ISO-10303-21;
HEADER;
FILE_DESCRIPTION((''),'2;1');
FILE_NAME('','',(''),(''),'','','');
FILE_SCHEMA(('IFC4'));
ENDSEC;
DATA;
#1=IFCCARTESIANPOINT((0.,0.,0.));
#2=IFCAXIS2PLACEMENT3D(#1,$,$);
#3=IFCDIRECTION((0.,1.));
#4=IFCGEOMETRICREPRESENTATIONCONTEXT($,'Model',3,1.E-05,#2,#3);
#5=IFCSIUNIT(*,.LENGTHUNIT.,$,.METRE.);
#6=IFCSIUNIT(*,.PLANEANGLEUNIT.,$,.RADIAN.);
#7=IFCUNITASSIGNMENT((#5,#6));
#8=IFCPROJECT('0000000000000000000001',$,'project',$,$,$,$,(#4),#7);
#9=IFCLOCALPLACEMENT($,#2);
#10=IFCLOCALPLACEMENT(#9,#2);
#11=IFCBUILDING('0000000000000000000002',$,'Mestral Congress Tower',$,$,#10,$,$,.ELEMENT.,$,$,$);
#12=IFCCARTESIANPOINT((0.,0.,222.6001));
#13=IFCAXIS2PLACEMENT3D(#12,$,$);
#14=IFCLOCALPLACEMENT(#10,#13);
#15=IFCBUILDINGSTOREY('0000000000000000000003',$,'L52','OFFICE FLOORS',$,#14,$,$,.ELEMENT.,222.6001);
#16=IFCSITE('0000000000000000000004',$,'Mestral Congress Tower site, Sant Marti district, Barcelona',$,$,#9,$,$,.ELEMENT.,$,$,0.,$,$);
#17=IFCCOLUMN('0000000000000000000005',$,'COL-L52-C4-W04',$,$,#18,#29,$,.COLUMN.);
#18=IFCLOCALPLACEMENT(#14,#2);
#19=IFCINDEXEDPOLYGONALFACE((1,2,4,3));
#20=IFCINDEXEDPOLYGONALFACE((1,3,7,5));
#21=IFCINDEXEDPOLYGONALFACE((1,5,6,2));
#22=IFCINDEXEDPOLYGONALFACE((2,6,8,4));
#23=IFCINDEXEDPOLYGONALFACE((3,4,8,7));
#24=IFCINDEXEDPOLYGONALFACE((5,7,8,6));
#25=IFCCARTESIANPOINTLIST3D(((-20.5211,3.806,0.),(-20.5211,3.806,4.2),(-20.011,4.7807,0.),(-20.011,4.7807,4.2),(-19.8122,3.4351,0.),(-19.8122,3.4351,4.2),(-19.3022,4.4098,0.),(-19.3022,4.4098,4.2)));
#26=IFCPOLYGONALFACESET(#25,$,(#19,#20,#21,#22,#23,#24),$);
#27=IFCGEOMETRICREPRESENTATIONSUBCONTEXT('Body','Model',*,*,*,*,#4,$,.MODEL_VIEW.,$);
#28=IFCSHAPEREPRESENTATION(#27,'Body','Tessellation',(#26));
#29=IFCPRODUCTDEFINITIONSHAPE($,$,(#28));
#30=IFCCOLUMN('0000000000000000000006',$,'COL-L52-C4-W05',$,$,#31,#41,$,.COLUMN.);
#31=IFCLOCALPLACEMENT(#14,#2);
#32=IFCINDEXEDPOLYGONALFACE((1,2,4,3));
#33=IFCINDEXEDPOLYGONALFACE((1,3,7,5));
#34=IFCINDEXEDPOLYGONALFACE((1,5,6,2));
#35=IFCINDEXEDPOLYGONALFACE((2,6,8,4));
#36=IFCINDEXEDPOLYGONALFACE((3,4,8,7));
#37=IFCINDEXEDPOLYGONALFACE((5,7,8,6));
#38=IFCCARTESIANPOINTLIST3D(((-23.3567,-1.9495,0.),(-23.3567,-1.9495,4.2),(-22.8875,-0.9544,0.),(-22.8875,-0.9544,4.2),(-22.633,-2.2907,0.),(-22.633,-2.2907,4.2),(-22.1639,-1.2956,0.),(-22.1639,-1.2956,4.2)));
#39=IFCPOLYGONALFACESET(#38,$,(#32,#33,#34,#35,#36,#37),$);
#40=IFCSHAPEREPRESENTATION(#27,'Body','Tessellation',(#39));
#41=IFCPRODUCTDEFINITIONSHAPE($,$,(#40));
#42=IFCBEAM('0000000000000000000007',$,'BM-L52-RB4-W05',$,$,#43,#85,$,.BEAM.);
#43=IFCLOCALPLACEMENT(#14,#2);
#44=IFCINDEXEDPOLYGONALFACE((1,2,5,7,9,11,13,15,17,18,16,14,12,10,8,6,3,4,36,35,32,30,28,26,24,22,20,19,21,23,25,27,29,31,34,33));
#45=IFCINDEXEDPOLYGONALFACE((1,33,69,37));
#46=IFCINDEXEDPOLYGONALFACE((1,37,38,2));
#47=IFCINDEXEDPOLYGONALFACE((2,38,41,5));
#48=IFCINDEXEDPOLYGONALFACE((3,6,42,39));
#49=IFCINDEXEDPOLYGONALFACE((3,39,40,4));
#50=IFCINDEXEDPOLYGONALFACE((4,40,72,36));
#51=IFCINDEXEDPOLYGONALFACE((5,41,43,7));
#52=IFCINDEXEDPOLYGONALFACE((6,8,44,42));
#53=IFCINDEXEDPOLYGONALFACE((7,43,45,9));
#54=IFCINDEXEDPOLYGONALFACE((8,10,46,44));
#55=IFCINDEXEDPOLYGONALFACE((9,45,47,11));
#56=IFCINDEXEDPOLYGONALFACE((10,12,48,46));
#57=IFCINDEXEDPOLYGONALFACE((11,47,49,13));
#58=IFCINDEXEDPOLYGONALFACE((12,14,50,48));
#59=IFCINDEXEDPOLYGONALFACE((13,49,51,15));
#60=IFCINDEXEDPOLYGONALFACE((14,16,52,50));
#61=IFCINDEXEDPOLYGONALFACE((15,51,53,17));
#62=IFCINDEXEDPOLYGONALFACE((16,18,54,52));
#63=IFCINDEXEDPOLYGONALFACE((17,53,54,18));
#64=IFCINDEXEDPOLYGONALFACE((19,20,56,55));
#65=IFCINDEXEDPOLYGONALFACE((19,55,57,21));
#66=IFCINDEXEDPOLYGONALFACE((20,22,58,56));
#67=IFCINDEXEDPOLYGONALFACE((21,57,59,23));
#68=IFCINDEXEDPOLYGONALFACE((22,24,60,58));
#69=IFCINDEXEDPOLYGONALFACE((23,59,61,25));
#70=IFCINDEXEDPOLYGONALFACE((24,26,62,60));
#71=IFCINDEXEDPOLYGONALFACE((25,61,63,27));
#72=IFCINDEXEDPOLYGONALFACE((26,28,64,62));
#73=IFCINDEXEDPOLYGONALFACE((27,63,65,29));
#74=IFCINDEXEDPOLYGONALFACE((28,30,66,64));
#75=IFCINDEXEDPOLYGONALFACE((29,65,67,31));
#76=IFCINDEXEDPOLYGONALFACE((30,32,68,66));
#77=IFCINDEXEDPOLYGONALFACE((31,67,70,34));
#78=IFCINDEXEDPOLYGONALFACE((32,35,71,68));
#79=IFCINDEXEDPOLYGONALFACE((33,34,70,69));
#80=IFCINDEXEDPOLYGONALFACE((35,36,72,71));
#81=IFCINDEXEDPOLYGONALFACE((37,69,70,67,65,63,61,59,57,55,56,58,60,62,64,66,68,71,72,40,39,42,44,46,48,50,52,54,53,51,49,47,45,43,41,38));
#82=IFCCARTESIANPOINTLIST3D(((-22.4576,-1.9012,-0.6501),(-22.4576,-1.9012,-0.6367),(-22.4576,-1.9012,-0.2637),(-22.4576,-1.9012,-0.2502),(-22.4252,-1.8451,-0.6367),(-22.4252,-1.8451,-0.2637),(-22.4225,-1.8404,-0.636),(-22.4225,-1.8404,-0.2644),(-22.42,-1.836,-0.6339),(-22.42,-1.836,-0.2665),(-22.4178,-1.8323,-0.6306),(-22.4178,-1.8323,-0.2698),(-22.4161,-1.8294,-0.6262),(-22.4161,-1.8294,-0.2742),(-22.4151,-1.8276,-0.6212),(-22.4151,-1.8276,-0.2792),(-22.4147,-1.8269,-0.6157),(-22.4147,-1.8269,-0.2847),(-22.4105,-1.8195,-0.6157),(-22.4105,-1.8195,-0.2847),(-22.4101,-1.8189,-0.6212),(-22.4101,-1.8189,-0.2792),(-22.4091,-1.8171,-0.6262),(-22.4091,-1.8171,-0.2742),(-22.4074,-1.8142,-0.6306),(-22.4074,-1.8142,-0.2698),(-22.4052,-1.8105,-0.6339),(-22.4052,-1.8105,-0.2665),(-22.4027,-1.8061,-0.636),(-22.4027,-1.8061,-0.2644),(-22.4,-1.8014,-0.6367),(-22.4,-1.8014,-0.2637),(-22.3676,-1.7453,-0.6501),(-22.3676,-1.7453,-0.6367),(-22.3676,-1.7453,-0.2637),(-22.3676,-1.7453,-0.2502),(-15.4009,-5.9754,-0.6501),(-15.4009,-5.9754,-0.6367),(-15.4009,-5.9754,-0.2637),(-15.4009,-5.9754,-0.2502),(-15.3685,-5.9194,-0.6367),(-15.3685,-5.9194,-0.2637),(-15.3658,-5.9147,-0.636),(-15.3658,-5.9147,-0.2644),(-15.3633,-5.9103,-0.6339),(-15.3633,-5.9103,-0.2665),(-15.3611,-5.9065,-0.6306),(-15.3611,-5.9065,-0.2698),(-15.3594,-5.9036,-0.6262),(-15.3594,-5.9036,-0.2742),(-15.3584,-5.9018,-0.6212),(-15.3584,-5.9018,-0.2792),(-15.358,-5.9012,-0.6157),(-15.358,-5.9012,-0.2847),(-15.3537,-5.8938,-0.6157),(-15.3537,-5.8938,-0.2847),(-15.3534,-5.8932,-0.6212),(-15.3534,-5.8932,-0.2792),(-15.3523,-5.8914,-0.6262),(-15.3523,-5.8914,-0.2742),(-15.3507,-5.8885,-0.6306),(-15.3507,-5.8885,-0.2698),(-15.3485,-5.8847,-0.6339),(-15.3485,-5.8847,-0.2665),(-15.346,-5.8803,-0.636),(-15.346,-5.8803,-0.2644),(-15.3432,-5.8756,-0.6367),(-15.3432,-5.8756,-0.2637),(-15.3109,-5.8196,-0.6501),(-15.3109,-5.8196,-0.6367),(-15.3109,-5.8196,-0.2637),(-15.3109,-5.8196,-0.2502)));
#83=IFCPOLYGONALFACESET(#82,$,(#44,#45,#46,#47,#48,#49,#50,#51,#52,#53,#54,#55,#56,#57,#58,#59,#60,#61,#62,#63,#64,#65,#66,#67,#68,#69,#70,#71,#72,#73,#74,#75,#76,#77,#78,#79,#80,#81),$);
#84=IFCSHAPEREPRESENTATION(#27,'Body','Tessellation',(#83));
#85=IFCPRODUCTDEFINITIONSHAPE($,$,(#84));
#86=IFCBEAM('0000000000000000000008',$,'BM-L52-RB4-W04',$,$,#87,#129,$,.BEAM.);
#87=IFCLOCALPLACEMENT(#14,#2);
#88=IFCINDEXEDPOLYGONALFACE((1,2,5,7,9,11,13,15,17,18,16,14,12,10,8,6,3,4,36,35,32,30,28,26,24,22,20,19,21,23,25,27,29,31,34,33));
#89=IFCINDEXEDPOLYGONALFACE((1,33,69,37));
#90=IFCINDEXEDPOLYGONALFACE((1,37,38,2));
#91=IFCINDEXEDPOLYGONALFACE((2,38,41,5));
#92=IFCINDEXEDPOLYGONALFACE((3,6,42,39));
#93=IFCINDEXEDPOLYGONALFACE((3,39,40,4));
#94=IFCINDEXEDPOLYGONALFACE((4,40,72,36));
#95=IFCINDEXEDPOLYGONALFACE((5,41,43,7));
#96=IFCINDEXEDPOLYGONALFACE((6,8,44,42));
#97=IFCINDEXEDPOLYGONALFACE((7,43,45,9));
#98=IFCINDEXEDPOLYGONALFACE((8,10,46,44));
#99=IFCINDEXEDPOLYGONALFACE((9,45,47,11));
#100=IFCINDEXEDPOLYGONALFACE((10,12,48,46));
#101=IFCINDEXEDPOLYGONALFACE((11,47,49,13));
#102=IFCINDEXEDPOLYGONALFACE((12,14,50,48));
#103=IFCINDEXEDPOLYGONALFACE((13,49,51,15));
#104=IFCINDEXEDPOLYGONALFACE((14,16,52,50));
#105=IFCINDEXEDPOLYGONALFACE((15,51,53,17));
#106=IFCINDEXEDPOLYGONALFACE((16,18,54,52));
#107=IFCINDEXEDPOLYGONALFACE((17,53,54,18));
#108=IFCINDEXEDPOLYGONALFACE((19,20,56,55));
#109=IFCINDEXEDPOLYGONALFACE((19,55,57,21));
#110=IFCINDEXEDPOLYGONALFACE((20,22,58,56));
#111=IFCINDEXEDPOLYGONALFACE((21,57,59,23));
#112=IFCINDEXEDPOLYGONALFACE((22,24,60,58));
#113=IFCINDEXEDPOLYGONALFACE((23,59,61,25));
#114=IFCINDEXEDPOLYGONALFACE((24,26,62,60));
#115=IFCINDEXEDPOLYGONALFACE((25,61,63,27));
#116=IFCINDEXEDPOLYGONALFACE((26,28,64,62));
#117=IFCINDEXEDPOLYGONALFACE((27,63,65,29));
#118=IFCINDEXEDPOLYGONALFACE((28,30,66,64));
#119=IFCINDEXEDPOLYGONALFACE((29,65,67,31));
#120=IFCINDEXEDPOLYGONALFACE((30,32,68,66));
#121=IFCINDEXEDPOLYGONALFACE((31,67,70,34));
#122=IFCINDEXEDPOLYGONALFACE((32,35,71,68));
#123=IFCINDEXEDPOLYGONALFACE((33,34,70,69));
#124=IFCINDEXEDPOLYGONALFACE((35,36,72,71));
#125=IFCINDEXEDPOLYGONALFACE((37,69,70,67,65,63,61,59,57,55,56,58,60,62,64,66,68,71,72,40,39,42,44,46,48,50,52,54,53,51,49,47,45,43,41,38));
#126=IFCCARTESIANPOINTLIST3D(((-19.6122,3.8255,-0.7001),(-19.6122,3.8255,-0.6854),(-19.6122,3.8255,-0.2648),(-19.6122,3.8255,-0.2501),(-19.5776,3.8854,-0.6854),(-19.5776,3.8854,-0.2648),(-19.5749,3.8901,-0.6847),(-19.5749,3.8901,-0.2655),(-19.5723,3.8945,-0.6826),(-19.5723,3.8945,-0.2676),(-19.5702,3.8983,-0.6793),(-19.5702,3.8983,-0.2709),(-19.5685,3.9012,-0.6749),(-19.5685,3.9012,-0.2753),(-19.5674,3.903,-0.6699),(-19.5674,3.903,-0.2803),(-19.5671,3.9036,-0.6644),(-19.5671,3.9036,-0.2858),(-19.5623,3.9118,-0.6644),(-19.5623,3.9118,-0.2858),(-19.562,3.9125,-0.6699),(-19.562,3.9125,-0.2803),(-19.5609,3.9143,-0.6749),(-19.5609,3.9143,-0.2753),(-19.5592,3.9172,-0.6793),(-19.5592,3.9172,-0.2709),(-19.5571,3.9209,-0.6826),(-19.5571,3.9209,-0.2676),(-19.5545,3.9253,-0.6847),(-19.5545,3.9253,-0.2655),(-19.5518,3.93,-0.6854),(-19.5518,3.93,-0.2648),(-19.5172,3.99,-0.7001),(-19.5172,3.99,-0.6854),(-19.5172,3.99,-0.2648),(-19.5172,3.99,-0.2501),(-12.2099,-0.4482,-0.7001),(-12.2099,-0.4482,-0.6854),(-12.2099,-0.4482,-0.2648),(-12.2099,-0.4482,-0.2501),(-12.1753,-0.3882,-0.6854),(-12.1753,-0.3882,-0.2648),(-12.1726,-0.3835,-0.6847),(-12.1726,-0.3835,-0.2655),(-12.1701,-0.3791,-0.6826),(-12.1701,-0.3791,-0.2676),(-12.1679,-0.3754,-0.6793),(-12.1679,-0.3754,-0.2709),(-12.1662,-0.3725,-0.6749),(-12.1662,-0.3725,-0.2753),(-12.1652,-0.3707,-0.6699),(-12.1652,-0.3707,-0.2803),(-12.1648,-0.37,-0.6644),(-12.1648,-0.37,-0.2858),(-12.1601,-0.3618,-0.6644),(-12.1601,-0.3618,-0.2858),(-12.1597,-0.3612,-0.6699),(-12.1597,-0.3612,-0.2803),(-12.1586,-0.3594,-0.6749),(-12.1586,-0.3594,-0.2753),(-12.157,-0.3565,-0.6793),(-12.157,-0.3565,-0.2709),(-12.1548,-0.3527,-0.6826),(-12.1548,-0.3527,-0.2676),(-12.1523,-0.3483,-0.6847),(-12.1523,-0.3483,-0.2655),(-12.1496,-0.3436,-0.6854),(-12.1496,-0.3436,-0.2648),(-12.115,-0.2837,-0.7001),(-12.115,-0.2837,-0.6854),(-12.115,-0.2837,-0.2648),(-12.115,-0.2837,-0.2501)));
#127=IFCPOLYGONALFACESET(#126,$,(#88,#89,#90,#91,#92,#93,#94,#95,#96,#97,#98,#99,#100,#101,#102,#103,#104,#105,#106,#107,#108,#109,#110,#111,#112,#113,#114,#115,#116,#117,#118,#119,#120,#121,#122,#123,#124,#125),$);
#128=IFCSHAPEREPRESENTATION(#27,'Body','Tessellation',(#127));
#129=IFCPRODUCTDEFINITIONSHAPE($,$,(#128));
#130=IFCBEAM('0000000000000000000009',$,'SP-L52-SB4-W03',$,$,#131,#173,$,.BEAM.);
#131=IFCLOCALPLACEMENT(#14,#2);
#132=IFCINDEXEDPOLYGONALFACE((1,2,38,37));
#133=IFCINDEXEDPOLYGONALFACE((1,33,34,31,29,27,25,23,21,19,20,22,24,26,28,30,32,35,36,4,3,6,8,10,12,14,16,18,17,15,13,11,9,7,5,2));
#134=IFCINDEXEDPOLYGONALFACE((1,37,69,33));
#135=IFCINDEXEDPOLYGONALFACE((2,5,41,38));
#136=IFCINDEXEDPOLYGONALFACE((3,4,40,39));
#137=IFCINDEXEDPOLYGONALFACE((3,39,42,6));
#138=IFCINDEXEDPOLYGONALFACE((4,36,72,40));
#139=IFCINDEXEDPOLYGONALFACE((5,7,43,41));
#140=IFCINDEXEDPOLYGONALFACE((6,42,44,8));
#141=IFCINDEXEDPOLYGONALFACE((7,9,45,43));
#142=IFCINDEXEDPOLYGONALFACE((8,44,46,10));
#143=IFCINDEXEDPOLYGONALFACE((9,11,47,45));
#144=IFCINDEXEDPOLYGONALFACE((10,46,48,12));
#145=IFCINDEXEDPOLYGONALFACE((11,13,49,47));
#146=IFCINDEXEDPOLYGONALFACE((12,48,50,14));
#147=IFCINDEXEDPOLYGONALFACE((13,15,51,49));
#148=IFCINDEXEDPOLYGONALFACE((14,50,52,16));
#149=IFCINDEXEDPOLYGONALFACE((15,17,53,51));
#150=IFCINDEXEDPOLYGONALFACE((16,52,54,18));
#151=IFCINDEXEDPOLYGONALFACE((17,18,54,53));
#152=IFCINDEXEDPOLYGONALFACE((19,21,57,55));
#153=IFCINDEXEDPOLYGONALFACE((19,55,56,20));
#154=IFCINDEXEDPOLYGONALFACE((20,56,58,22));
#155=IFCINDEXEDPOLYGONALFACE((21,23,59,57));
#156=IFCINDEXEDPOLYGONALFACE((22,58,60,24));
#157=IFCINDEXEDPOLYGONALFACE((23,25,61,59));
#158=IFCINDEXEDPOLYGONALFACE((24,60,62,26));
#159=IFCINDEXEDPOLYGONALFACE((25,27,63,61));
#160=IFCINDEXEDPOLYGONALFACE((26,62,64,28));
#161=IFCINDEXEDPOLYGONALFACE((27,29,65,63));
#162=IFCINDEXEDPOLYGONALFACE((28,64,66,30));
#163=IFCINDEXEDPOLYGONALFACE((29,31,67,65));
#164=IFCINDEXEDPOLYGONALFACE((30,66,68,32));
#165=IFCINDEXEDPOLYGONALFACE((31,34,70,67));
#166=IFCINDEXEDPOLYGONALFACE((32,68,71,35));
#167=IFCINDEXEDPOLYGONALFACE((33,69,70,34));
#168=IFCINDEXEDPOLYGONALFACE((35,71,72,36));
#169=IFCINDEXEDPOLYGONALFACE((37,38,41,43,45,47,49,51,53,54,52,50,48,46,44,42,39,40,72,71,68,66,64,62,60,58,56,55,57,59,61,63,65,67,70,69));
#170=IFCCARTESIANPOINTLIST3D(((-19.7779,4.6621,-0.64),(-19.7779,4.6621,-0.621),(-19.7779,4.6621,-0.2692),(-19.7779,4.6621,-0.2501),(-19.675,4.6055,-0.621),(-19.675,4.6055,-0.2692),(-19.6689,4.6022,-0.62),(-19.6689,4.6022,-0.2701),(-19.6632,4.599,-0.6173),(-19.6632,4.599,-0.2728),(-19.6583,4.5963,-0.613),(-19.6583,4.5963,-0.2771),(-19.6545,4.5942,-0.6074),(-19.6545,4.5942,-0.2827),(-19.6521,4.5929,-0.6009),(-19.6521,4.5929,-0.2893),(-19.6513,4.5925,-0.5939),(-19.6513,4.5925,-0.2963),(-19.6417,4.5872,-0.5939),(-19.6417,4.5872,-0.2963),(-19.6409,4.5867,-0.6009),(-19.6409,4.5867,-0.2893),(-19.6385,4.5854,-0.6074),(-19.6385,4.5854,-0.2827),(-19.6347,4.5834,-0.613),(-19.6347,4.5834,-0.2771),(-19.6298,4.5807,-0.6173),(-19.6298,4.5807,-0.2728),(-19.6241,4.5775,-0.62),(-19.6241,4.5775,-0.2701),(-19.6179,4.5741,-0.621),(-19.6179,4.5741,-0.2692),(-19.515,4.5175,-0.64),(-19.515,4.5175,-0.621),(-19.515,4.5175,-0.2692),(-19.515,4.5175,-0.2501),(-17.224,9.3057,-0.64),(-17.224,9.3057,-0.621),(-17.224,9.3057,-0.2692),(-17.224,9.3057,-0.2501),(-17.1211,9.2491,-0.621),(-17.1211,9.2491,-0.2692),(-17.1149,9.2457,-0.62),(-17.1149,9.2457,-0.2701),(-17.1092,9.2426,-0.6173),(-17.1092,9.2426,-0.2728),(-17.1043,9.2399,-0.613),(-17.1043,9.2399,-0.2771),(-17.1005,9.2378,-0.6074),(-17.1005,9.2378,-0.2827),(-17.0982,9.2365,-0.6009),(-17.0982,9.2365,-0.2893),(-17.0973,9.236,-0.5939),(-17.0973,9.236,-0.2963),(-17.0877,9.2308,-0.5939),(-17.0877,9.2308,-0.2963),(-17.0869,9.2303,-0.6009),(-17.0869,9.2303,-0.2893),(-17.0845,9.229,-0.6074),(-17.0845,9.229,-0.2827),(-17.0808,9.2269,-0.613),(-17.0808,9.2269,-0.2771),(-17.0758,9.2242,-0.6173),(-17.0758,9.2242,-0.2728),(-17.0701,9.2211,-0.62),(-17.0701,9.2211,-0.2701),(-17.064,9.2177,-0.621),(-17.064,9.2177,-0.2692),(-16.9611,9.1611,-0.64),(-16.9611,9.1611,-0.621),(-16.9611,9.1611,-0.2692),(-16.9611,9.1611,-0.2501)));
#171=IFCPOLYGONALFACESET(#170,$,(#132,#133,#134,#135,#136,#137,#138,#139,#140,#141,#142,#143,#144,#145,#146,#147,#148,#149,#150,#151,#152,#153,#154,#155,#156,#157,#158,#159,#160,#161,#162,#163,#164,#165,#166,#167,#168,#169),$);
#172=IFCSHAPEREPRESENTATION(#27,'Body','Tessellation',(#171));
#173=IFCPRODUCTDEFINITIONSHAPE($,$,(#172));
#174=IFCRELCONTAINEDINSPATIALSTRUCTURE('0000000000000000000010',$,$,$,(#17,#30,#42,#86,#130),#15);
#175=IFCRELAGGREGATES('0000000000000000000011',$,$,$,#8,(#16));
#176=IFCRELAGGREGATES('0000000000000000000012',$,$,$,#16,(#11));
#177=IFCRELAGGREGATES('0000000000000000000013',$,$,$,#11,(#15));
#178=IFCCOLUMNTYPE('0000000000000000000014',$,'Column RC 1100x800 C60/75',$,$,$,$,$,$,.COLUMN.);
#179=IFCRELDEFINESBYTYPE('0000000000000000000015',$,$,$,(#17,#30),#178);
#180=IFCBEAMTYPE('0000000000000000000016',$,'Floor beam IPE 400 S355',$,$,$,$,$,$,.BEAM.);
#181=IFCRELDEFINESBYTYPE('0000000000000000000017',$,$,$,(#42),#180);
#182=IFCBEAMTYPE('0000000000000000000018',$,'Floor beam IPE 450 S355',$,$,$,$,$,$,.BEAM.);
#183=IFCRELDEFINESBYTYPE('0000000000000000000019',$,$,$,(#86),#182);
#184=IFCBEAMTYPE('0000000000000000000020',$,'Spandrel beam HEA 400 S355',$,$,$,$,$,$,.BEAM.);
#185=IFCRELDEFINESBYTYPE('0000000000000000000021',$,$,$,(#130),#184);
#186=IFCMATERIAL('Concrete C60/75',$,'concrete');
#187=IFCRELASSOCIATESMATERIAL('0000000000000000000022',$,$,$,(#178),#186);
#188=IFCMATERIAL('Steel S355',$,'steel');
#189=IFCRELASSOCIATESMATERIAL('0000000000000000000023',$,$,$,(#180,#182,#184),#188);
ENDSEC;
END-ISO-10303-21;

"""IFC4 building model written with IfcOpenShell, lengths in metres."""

from ifc_helpers import new_model, si_unit, direction, frame, origin, origin_2d, place, context, subcontext, project, spatial, rectangle, i_section, extrude, material, material_profile, profile_set, type_object, element, save


model = new_model("IFC4")

# Units and contexts
model_context = context("Model", 3, precision=1e-05, world=origin(), true_north=direction((0.0, 1.0)))
body_context = subcontext(model_context, "Body", "Model", "MODEL_VIEW")
ifc_project = project(units=[si_unit("LENGTHUNIT", "METRE"), si_unit("PLANEANGLEUNIT", "RADIAN")], contexts=[model_context])

# Site, building, storey
site_placement = place(None, origin())
site = spatial("IfcSite", under=ifc_project, at=site_placement, Name="Mestral Congress Tower site, Sant Marti district, Barcelona", CompositionType="ELEMENT", RefElevation=0.0)
building_placement = place(site_placement, origin())
building = spatial("IfcBuilding", under=site, at=building_placement, Name="Mestral Congress Tower", CompositionType="ELEMENT")
storey_placement = place(building_placement, frame((0.0, 0.0, 222.6001)))
storey = spatial("IfcBuildingStorey", under=building, at=storey_placement, Name="L52", Description="OFFICE FLOORS", CompositionType="ELEMENT", Elevation=222.6001)

# Columns
ifc_material_1 = material(Name="Concrete C60/75", Category="concrete")
ifc_material_profile_1 = material_profile(ifc_material_1, rectangle(XDim=1.1001, YDim=0.8, at=origin_2d()), Name="RC 1100x800")
ifc_profile_set_1 = profile_set([ifc_material_profile_1], Name="Concrete C60/75")
column_type = type_object("IfcColumnType", Name="Column RC 1100x800 C60/75", PredefinedType="COLUMN", material=ifc_profile_set_1)
for number, where, z_axis, x_axis, name in (
    (1, (-19.9116, 4.1079, 0.0), (0.0, 0.0, 1.0), (-0.463636, -0.886026, 0.0), "COL-L52-C4-W04"),
    (2, (-22.7603, -1.6226, 0.0), (0.0, 0.0, 1.0), (-0.426472, -0.904501, 0.0), "COL-L52-C4-W05"),
):
    element("IfcColumn", number, at=place(storey_placement, frame(where, z_axis=z_axis, x_axis=x_axis)), inside=storey, type_object=column_type, Name=name, PredefinedType="COLUMN", context=body_context, shape_type="SweptSolid", body=[
        extrude(rectangle(XDim=1.1001, YDim=0.8, at=origin_2d()), origin(), (0.0, 0.0, 1.0), 4.2),
    ])

# Beams
ifc_material_2 = material(Name="Steel S355", Category="steel")
ifc_material_profile_2 = material_profile(ifc_material_2, i_section(OverallWidth=0.1799, OverallDepth=0.3999, WebThickness=0.0085, FlangeThickness=0.0134, FilletRadius=0.021, at=origin_2d()), Name="IPE 400")
ifc_profile_set_2 = profile_set([ifc_material_profile_2], Name="Steel S355")
beam_type_1 = type_object("IfcBeamType", Name="Floor beam IPE 400 S355", PredefinedType="BEAM", material=ifc_profile_set_2)
beam_1_placement = place(storey_placement, frame((-22.4126, -1.8232, -0.4502), z_axis=(0.866022, -0.500006, 0.0), x_axis=(0.500006, 0.866022, 0.0)))
element("IfcBeam", 3, at=beam_1_placement, inside=storey, type_object=beam_type_1, Name="BM-L52-RB4-W05", PredefinedType="BEAM", context=body_context, shape_type="SweptSolid", body=[
    extrude(i_section(OverallWidth=0.1799, OverallDepth=0.3999, WebThickness=0.0085, FlangeThickness=0.0134, FilletRadius=0.021, at=origin_2d()), origin(), (0.0, 0.0, 1.0), 8.1484),
])
ifc_material_profile_3 = material_profile(ifc_material_2, i_section(OverallWidth=0.1899, OverallDepth=0.45, WebThickness=0.0095, FlangeThickness=0.0146, FilletRadius=0.021, at=origin_2d()), Name="IPE 450")
ifc_profile_set_3 = profile_set([ifc_material_profile_3], Name="Steel S355")
beam_type_2 = type_object("IfcBeamType", Name="Floor beam IPE 450 S355", PredefinedType="BEAM", material=ifc_profile_set_3)
beam_2_placement = place(storey_placement, frame((-19.5647, 3.9077, -0.4751), z_axis=(0.866029, -0.499994, 0.0), x_axis=(0.499994, 0.866029, 0.0)))
element("IfcBeam", 4, at=beam_2_placement, inside=storey, type_object=beam_type_2, Name="BM-L52-RB4-W04", PredefinedType="BEAM", context=body_context, shape_type="SweptSolid", body=[
    extrude(i_section(OverallWidth=0.1899, OverallDepth=0.45, WebThickness=0.0095, FlangeThickness=0.0146, FilletRadius=0.021, at=origin_2d()), origin(), (0.0, 0.0, 1.0), 8.5474),
])
ifc_material_profile_4 = material_profile(ifc_material_2, i_section(OverallWidth=0.3, OverallDepth=0.3899, WebThickness=0.011, FlangeThickness=0.019, FilletRadius=0.0271, at=origin_2d()), Name="HEA 400")
ifc_profile_set_4 = profile_set([ifc_material_profile_4], Name="Steel S355")
beam_type_3 = type_object("IfcBeamType", Name="Spandrel beam HEA 400 S355", PredefinedType="BEAM", material=ifc_profile_set_4)
beam_3_placement = place(storey_placement, frame((-17.0925, 9.2334, -0.4451), z_axis=(-0.481919, -0.876216, 0.0), x_axis=(0.876216, -0.481919, 0.0)))
element("IfcBeam", 5, at=beam_3_placement, inside=storey, type_object=beam_type_3, Name="SP-L52-SB4-W03", PredefinedType="BEAM", context=body_context, shape_type="SweptSolid", body=[
    extrude(i_section(OverallWidth=0.3, OverallDepth=0.3899, WebThickness=0.011, FlangeThickness=0.019, FilletRadius=0.0271, at=origin_2d()), origin(), (0.0, 0.0, 1.0), 5.2996),
])

save(model, "model.ifc")
